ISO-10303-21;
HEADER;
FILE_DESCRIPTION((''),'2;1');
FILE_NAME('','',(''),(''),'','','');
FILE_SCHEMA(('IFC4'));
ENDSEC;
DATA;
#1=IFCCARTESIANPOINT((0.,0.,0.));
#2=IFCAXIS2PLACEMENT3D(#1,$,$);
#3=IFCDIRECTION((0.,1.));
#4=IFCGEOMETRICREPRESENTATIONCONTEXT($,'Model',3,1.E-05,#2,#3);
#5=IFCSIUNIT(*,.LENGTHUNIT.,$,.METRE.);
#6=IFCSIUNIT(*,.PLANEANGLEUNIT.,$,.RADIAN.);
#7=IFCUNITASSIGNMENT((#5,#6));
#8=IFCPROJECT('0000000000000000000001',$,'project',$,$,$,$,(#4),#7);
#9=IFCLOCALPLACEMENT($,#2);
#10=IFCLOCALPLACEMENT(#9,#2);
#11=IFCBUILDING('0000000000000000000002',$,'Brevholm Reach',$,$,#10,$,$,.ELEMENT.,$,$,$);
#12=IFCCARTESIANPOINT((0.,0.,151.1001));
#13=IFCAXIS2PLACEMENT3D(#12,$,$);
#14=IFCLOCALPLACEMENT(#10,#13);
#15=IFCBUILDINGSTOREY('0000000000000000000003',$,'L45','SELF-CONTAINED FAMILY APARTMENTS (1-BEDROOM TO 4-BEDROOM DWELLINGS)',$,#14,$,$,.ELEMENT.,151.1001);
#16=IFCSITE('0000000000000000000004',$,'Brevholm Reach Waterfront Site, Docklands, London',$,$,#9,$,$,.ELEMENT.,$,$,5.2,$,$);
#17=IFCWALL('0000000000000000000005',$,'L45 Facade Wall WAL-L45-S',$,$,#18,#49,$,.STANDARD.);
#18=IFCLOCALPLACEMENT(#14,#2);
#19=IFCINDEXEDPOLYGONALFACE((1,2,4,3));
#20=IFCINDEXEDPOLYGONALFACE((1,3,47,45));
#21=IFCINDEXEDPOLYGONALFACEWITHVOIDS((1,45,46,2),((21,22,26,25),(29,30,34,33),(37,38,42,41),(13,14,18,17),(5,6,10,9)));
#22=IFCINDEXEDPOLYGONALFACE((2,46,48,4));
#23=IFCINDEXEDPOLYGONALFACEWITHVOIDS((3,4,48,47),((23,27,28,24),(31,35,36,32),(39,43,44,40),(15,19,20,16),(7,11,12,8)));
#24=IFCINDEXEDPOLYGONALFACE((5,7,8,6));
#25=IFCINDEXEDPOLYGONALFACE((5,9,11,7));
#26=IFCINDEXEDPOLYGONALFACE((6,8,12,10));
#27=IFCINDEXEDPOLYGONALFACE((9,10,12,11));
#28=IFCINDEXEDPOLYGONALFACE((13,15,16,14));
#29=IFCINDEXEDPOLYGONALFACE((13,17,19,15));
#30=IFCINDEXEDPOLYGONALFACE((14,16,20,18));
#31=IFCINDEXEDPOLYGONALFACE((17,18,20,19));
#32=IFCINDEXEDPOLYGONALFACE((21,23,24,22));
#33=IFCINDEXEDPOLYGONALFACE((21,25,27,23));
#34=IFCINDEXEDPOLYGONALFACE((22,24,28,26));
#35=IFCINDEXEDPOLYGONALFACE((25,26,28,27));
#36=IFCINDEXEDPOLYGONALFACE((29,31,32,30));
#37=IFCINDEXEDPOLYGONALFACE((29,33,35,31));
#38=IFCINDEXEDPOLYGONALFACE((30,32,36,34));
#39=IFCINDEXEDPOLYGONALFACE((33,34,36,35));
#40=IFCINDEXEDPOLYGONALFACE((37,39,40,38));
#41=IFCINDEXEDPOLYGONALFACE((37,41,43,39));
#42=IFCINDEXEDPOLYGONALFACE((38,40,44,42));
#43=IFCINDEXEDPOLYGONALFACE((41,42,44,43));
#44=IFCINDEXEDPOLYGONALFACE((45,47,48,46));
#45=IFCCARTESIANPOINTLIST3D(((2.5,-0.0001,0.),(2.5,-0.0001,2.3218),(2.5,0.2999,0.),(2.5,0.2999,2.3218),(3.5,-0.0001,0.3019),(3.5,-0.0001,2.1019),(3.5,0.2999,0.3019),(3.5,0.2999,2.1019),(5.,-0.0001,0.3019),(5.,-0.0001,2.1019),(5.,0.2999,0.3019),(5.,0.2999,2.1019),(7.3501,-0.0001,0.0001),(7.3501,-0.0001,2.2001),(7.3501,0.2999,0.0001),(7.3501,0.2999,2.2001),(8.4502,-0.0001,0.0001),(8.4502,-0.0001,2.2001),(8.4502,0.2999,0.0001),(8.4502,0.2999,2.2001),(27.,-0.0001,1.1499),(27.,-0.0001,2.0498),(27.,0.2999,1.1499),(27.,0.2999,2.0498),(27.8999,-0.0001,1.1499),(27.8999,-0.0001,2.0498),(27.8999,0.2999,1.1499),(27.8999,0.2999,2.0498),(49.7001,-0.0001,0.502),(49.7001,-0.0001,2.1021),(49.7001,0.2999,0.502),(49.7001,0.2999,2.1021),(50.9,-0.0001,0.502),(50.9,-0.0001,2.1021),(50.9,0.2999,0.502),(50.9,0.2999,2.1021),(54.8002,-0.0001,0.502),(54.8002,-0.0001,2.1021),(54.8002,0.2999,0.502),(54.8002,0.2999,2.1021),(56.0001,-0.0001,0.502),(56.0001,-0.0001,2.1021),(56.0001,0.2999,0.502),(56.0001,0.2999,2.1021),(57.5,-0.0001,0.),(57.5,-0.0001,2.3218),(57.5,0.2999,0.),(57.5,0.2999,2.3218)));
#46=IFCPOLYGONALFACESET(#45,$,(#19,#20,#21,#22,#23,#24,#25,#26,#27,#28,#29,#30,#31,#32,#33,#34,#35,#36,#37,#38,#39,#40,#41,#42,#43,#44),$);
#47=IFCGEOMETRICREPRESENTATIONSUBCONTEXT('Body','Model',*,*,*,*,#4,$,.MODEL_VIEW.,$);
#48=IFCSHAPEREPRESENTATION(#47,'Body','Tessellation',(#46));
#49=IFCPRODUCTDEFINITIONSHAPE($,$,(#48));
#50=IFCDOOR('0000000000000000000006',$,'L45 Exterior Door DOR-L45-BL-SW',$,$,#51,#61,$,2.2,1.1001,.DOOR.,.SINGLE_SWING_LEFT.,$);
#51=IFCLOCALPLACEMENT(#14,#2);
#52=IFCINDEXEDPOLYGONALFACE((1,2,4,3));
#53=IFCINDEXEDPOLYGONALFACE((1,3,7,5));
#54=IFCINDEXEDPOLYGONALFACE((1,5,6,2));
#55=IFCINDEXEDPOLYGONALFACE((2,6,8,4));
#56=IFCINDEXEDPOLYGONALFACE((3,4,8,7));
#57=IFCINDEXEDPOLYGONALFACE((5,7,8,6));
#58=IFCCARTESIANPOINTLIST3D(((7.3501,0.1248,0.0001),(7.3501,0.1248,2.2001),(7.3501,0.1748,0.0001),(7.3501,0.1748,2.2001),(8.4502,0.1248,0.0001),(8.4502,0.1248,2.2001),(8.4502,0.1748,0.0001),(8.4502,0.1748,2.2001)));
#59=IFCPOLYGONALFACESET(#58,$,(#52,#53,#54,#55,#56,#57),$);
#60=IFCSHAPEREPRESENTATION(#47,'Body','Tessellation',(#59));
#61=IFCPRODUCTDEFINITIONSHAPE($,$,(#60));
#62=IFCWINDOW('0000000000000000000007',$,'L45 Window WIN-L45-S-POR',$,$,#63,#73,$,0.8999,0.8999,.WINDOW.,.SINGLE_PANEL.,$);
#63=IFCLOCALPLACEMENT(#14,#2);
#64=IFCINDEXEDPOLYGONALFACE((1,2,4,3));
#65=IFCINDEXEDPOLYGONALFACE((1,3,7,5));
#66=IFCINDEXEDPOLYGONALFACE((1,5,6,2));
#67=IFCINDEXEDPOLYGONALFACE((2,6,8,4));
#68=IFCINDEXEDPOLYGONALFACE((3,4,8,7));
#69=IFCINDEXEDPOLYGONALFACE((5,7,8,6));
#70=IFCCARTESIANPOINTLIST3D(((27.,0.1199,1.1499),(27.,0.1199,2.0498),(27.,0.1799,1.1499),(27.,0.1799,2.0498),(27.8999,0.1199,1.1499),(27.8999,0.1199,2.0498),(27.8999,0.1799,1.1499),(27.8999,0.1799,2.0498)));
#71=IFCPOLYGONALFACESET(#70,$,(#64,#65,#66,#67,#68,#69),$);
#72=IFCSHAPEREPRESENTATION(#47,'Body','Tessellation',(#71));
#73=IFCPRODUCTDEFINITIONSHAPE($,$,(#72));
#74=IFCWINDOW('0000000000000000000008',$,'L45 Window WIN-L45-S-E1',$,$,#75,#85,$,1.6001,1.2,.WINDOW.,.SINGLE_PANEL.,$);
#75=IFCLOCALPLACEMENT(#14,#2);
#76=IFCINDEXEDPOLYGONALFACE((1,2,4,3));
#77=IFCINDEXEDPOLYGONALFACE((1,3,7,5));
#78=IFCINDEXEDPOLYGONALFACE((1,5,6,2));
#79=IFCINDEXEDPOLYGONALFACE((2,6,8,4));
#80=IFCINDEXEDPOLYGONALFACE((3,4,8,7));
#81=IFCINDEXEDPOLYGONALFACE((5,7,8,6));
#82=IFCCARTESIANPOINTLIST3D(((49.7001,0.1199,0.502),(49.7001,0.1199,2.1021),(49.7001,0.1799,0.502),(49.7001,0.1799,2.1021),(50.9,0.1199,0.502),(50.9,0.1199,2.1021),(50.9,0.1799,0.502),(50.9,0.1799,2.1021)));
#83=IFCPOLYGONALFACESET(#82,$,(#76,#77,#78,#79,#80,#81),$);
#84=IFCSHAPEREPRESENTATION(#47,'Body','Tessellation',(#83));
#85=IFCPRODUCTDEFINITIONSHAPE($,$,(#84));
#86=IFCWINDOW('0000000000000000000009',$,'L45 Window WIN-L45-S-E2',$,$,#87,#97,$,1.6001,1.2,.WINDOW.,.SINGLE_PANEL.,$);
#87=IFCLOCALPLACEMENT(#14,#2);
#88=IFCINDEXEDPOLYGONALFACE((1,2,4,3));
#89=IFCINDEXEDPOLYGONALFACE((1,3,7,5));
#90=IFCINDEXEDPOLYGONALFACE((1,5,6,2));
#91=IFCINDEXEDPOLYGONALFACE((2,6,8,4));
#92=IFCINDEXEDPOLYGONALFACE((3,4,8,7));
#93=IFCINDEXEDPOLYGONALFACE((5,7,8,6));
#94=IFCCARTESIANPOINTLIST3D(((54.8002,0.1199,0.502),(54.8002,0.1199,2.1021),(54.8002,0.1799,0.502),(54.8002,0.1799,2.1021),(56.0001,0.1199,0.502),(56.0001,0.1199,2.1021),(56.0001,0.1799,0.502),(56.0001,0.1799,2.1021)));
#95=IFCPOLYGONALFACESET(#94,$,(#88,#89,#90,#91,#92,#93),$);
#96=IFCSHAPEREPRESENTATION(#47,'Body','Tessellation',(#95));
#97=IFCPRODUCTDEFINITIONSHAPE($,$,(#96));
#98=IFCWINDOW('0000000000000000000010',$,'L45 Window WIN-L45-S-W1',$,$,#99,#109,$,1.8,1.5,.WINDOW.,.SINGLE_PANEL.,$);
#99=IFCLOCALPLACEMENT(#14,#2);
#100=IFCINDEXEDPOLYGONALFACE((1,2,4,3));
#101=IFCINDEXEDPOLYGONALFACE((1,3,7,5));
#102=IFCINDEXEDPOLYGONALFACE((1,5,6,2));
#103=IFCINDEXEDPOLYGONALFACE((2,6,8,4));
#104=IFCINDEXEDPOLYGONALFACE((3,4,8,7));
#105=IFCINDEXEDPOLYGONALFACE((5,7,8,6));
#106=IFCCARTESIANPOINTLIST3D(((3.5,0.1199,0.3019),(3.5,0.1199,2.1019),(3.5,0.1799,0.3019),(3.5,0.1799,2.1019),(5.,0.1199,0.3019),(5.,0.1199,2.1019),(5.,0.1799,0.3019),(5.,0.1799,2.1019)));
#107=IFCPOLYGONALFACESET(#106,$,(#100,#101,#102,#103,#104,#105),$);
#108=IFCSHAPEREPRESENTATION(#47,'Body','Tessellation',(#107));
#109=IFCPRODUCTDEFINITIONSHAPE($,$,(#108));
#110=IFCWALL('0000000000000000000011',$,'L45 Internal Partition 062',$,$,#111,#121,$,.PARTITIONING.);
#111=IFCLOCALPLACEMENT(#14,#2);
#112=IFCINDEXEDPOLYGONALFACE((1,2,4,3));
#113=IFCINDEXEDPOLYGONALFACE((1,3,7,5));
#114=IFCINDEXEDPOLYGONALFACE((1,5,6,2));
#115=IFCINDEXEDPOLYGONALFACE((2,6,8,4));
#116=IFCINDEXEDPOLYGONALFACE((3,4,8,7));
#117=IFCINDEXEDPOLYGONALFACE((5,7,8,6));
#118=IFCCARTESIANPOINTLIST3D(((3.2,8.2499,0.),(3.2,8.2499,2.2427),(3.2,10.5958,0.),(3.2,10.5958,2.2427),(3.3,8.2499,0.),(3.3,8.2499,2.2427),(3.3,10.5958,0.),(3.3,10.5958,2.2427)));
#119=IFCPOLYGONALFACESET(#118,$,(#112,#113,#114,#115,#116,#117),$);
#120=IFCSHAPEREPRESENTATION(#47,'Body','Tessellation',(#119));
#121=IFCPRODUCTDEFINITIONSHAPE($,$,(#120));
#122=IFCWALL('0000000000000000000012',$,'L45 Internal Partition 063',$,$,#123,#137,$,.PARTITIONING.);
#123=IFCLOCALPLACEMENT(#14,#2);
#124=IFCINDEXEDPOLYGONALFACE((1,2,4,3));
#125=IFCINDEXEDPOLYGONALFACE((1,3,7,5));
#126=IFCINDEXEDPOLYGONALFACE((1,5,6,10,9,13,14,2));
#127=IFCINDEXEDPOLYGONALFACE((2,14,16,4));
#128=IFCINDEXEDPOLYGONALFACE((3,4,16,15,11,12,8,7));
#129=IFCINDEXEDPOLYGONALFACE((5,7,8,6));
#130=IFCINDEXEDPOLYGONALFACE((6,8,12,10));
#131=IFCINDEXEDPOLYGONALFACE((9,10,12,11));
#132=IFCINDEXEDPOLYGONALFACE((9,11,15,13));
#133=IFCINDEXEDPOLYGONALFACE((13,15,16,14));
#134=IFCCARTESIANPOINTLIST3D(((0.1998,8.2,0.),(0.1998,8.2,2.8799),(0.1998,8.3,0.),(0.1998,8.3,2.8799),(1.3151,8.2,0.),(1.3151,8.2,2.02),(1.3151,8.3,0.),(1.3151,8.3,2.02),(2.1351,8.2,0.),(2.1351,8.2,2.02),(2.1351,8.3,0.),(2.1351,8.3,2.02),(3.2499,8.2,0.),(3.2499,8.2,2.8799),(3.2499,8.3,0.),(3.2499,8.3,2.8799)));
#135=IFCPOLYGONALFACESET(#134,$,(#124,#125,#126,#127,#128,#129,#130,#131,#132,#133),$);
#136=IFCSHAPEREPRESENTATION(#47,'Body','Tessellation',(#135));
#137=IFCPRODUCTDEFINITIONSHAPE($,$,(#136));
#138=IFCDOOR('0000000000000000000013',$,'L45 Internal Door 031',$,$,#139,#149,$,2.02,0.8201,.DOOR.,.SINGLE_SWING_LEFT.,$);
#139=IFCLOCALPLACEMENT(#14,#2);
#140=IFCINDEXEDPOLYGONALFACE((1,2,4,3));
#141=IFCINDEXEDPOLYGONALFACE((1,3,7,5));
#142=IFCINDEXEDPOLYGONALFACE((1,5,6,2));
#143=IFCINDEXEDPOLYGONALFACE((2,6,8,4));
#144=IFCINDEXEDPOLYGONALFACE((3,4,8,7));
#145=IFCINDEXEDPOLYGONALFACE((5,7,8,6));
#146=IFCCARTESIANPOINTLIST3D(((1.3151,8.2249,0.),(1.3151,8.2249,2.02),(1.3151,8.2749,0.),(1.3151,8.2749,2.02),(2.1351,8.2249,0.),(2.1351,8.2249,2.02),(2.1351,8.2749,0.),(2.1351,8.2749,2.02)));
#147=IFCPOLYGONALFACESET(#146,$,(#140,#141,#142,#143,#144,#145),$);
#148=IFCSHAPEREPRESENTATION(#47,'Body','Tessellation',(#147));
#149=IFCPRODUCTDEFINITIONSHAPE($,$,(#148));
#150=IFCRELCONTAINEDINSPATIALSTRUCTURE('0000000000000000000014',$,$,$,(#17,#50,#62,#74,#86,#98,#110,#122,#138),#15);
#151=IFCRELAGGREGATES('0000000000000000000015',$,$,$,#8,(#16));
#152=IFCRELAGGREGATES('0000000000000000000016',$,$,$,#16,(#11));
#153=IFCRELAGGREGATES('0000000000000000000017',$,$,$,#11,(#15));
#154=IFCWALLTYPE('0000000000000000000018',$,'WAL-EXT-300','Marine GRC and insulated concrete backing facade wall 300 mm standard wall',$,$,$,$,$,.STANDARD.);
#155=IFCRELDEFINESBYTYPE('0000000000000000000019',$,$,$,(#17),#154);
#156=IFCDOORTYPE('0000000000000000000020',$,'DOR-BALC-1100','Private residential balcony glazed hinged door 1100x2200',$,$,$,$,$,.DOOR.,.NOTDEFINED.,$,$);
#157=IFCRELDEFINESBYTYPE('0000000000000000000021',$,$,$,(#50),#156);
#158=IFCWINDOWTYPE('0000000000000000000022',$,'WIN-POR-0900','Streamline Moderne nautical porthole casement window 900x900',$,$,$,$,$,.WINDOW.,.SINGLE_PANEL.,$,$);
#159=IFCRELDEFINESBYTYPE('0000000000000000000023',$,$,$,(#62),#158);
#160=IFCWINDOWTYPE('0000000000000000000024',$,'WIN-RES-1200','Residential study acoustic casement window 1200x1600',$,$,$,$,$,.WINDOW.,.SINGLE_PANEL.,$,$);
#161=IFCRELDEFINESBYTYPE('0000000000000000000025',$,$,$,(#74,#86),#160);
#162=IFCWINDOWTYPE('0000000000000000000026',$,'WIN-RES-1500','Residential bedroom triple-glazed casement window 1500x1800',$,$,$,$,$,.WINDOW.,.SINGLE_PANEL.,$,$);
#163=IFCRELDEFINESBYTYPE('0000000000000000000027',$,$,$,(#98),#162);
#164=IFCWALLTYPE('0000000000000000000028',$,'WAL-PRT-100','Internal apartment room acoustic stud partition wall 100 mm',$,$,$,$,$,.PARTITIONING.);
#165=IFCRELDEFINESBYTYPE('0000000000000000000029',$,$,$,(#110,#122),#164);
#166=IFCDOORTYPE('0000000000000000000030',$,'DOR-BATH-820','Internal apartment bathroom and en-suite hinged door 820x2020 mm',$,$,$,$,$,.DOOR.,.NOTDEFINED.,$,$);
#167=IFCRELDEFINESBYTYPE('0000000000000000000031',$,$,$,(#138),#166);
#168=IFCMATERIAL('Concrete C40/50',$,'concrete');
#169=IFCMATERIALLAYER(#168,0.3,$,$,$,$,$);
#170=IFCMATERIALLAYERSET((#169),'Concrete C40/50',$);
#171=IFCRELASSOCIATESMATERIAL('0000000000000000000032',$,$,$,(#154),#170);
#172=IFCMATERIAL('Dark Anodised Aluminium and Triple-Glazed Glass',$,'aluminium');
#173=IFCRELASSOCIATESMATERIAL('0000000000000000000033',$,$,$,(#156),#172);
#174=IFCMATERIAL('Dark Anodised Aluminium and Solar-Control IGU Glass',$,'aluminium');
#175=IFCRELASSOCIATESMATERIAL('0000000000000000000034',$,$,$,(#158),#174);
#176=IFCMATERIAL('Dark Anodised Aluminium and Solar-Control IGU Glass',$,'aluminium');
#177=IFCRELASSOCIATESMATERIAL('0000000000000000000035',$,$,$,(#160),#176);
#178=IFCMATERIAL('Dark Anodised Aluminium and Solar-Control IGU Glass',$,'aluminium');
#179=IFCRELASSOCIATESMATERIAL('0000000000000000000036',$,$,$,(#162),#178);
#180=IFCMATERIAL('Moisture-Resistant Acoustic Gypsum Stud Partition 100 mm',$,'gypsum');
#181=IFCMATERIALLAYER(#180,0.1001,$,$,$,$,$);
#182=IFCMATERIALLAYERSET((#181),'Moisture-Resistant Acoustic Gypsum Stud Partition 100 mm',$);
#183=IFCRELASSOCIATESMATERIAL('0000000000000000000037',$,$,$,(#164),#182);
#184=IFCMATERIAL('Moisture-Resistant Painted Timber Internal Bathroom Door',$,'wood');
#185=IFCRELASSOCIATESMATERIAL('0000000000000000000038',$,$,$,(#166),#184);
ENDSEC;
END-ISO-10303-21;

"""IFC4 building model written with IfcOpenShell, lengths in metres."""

from ifc_helpers import new_model, si_unit, direction, frame, frame_2d, origin, place, context, subcontext, project, spatial, rectangle, extrude, material, layer, layer_set, type_object, element, fill, save


model = new_model("IFC4")

# Units and contexts
model_context = context("Model", 3, precision=1e-05, world=origin(), true_north=direction((0.0, 1.0)))
body_context = subcontext(model_context, "Body", "Model", "MODEL_VIEW")
ifc_project = project(units=[si_unit("LENGTHUNIT", "METRE"), si_unit("PLANEANGLEUNIT", "RADIAN")], contexts=[model_context])

# Site, building, storey
site_placement = place(None, origin())
site = spatial("IfcSite", under=ifc_project, at=site_placement, Name="Brevholm Reach Waterfront Site, Docklands, London", CompositionType="ELEMENT", RefElevation=5.2)
building_placement = place(site_placement, origin())
building = spatial("IfcBuilding", under=site, at=building_placement, Name="Brevholm Reach", CompositionType="ELEMENT")
storey_placement = place(building_placement, frame((0.0, 0.0, 151.1001)))
storey = spatial("IfcBuildingStorey", under=building, at=storey_placement, Name="L45", Description="SELF-CONTAINED FAMILY APARTMENTS (1-BEDROOM TO 4-BEDROOM DWELLINGS)", CompositionType="ELEMENT", Elevation=151.1001)

# Shared definitions
ifc_material_1 = material(Name="Concrete C40/50", Category="concrete")
ifc_layer_1 = layer(ifc_material_1, 0.3)
ifc_layer_set_1 = layer_set([ifc_layer_1], Name="Concrete C40/50")
wall_type_1 = type_object("IfcWallType", Name="WAL-EXT-300", Description="Marine GRC and insulated concrete backing facade wall 300 mm standard wall", PredefinedType="STANDARD", material=ifc_layer_set_1)

# Wall, openings, door, windows
wall_1_placement = place(storey_placement, frame((2.5, 0.1499, 0.0), z_axis=(0.0, 0.0, 1.0), x_axis=(1.0, 0.0, 0.0)))
wall_1 = element("IfcWall", 1, at=wall_1_placement, inside=storey, type_object=wall_type_1, Name="L45 Facade Wall WAL-L45-S", PredefinedType="STANDARD", context=body_context, shape_type="SweptSolid", body=[
    extrude(rectangle(XDim=55.0, YDim=0.3, at=frame_2d((27.5, 0.0))), origin(), (0.0, 0.0, 1.0), 2.3218),
])
opening_1_placement = place(wall_1_placement, frame((4.8501, 0.0, 0.0)))
opening_1 = element("IfcOpeningElement", 2, at=opening_1_placement, cuts=wall_1, PredefinedType="OPENING", context=body_context, shape_type="SweptSolid", body=[
    extrude(rectangle(XDim=1.1001, YDim=2.2, at=frame_2d((0.55, 1.1001))), frame((0.0, 0.1599, 0.0), z_axis=(0.0, -1.0, 0.0), x_axis=(1.0, 0.0, 0.0)), (0.0, 0.0, 1.0), 0.3201),
])
opening_2_placement = place(wall_1_placement, frame((1.0, 0.0, 0.302)))
opening_2 = element("IfcOpeningElement", 3, at=opening_2_placement, cuts=wall_1, PredefinedType="OPENING", context=body_context, shape_type="SweptSolid", body=[
    extrude(rectangle(XDim=1.5, YDim=1.8, at=frame_2d((0.75, 0.8999))), frame((0.0, 0.1599, 0.0), z_axis=(0.0, -1.0, 0.0), x_axis=(1.0, 0.0, 0.0)), (0.0, 0.0, 1.0), 0.3201),
])
opening_3_placement = place(wall_1_placement, frame((24.5, 0.0, 1.1499)))
opening_3 = element("IfcOpeningElement", 4, at=opening_3_placement, cuts=wall_1, PredefinedType="OPENING", context=body_context, shape_type="SweptSolid", body=[
    extrude(rectangle(XDim=0.8999, YDim=0.8999, at=frame_2d((0.45, 0.45))), frame((0.0, 0.1599, 0.0), z_axis=(0.0, -1.0, 0.0), x_axis=(1.0, 0.0, 0.0)), (0.0, 0.0, 1.0), 0.3201),
])
opening_4_placement = place(wall_1_placement, frame((47.2, 0.0, 0.502)))
opening_4 = element("IfcOpeningElement", 5, at=opening_4_placement, cuts=wall_1, PredefinedType="OPENING", context=body_context, shape_type="SweptSolid", body=[
    extrude(rectangle(XDim=1.2, YDim=1.6001, at=frame_2d((0.6001, 0.8))), frame((0.0, 0.1599, 0.0), z_axis=(0.0, -1.0, 0.0), x_axis=(1.0, 0.0, 0.0)), (0.0, 0.0, 1.0), 0.3201),
])
opening_5_placement = place(wall_1_placement, frame((52.3, 0.0, 0.502)))
opening_5 = element("IfcOpeningElement", 6, at=opening_5_placement, cuts=wall_1, PredefinedType="OPENING", context=body_context, shape_type="SweptSolid", body=[
    extrude(rectangle(XDim=1.2, YDim=1.6001, at=frame_2d((0.6001, 0.8))), frame((0.0, 0.1599, 0.0), z_axis=(0.0, -1.0, 0.0), x_axis=(1.0, 0.0, 0.0)), (0.0, 0.0, 1.0), 0.3201),
])
ifc_material_2 = material(Name="Dark Anodised Aluminium and Triple-Glazed Glass", Category="aluminium")
door_type_1 = type_object("IfcDoorType", Name="DOR-BALC-1100", Description="Private residential balcony glazed hinged door 1100x2200", OperationType="NOTDEFINED", PredefinedType="DOOR", material=ifc_material_2)
door_1_placement = place(opening_1_placement, origin())
door_1 = element("IfcDoor", 7, at=door_1_placement, inside=storey, type_object=door_type_1, Name="L45 Exterior Door DOR-L45-BL-SW", OperationType="SINGLE_SWING_LEFT", OverallHeight=2.2, OverallWidth=1.1001, PredefinedType="DOOR", context=body_context, shape_type="SweptSolid", body=[
    extrude(rectangle(XDim=1.1001, YDim=2.2, at=frame_2d((0.55, 1.1001))), frame((0.0, 0.0249, 0.0), z_axis=(0.0, -1.0, 0.0), x_axis=(1.0, 0.0, 0.0)), (0.0, 0.0, 1.0), 0.05),
])
fill(opening_1, door_1)
ifc_material_3 = material(Name="Dark Anodised Aluminium and Solar-Control IGU Glass", Category="aluminium")
window_type_1 = type_object("IfcWindowType", Name="WIN-POR-0900", Description="Streamline Moderne nautical porthole casement window 900x900", PartitioningType="SINGLE_PANEL", PredefinedType="WINDOW", material=ifc_material_3)
window_1_placement = place(opening_3_placement, origin())
window_1 = element("IfcWindow", 8, at=window_1_placement, inside=storey, type_object=window_type_1, Name="L45 Window WIN-L45-S-POR", OverallHeight=0.8999, OverallWidth=0.8999, PartitioningType="SINGLE_PANEL", PredefinedType="WINDOW", context=body_context, shape_type="SweptSolid", body=[
    extrude(rectangle(XDim=0.8999, YDim=0.8999, at=frame_2d((0.45, 0.45))), frame((0.0, 0.03, 0.0), z_axis=(0.0, -1.0, 0.0), x_axis=(1.0, 0.0, 0.0)), (0.0, 0.0, 1.0), 0.0601),
])
fill(opening_3, window_1)
ifc_material_4 = material(Name="Dark Anodised Aluminium and Solar-Control IGU Glass", Category="aluminium")
window_type_2 = type_object("IfcWindowType", Name="WIN-RES-1200", Description="Residential study acoustic casement window 1200x1600", PartitioningType="SINGLE_PANEL", PredefinedType="WINDOW", material=ifc_material_4)
window_2_placement = place(opening_4_placement, origin())
window_2 = element("IfcWindow", 9, at=window_2_placement, inside=storey, type_object=window_type_2, Name="L45 Window WIN-L45-S-E1", OverallHeight=1.6001, OverallWidth=1.2, PartitioningType="SINGLE_PANEL", PredefinedType="WINDOW", context=body_context, shape_type="SweptSolid", body=[
    extrude(rectangle(XDim=1.2, YDim=1.6001, at=frame_2d((0.6001, 0.8))), frame((0.0, 0.03, 0.0), z_axis=(0.0, -1.0, 0.0), x_axis=(1.0, 0.0, 0.0)), (0.0, 0.0, 1.0), 0.0601),
])
fill(opening_4, window_2)
window_3_placement = place(opening_5_placement, origin())
window_3 = element("IfcWindow", 10, at=window_3_placement, inside=storey, type_object=window_type_2, Name="L45 Window WIN-L45-S-E2", OverallHeight=1.6001, OverallWidth=1.2, PartitioningType="SINGLE_PANEL", PredefinedType="WINDOW", context=body_context, shape_type="SweptSolid", body=[
    extrude(rectangle(XDim=1.2, YDim=1.6001, at=frame_2d((0.6001, 0.8))), frame((0.0, 0.03, 0.0), z_axis=(0.0, -1.0, 0.0), x_axis=(1.0, 0.0, 0.0)), (0.0, 0.0, 1.0), 0.0601),
])
fill(opening_5, window_3)
ifc_material_5 = material(Name="Dark Anodised Aluminium and Solar-Control IGU Glass", Category="aluminium")
window_type_3 = type_object("IfcWindowType", Name="WIN-RES-1500", Description="Residential bedroom triple-glazed casement window 1500x1800", PartitioningType="SINGLE_PANEL", PredefinedType="WINDOW", material=ifc_material_5)
window_4_placement = place(opening_2_placement, origin())
window_4 = element("IfcWindow", 11, at=window_4_placement, inside=storey, type_object=window_type_3, Name="L45 Window WIN-L45-S-W1", OverallHeight=1.8, OverallWidth=1.5, PartitioningType="SINGLE_PANEL", PredefinedType="WINDOW", context=body_context, shape_type="SweptSolid", body=[
    extrude(rectangle(XDim=1.5, YDim=1.8, at=frame_2d((0.75, 0.8999))), frame((0.0, 0.03, 0.0), z_axis=(0.0, -1.0, 0.0), x_axis=(1.0, 0.0, 0.0)), (0.0, 0.0, 1.0), 0.0601),
])
fill(opening_2, window_4)

# Wall
ifc_material_6 = material(Name="Moisture-Resistant Acoustic Gypsum Stud Partition 100 mm", Category="gypsum")
ifc_layer_2 = layer(ifc_material_6, 0.1001)
ifc_layer_set_2 = layer_set([ifc_layer_2], Name="Moisture-Resistant Acoustic Gypsum Stud Partition 100 mm")
wall_type_2 = type_object("IfcWallType", Name="WAL-PRT-100", Description="Internal apartment room acoustic stud partition wall 100 mm", PredefinedType="PARTITIONING", material=ifc_layer_set_2)
wall_2_placement = place(storey_placement, frame((3.25, 8.25, 0.0), z_axis=(0.0, 0.0, 1.0), x_axis=(0.0, 1.0, 0.0)))
element("IfcWall", 12, at=wall_2_placement, inside=storey, type_object=wall_type_2, Name="L45 Internal Partition 062", PredefinedType="PARTITIONING", context=body_context, shape_type="SweptSolid", body=[
    extrude(rectangle(XDim=2.3459, YDim=0.1001, at=frame_2d((1.1729, 0.0))), origin(), (0.0, 0.0, 1.0), 2.2427),
])

# Wall, opening, door
wall_3_placement = place(storey_placement, frame((0.2, 8.25, 0.0), z_axis=(0.0, 0.0, 1.0), x_axis=(1.0, 0.0, 0.0)))
wall_3 = element("IfcWall", 13, at=wall_3_placement, inside=storey, type_object=wall_type_2, Name="L45 Internal Partition 063", PredefinedType="PARTITIONING", context=body_context, shape_type="SweptSolid", body=[
    extrude(rectangle(XDim=3.05, YDim=0.1001, at=frame_2d((1.5249, 0.0))), origin(), (0.0, 0.0, 1.0), 2.8799),
])
opening_6_placement = place(wall_3_placement, frame((1.115, 0.0, 0.0)))
opening_6 = element("IfcOpeningElement", 14, at=opening_6_placement, cuts=wall_3, PredefinedType="OPENING", context=body_context, shape_type="SweptSolid", body=[
    extrude(rectangle(XDim=0.8201, YDim=2.02, at=frame_2d((0.4102, 1.01))), frame((0.0, 0.0601, 0.0), z_axis=(0.0, -1.0, 0.0), x_axis=(1.0, 0.0, 0.0)), (0.0, 0.0, 1.0), 0.1201),
])
ifc_material_7 = material(Name="Moisture-Resistant Painted Timber Internal Bathroom Door", Category="wood")
door_type_2 = type_object("IfcDoorType", Name="DOR-BATH-820", Description="Internal apartment bathroom and en-suite hinged door 820x2020 mm", OperationType="NOTDEFINED", PredefinedType="DOOR", material=ifc_material_7)
door_2_placement = place(opening_6_placement, origin())
door_2 = element("IfcDoor", 15, at=door_2_placement, inside=storey, type_object=door_type_2, Name="L45 Internal Door 031", OperationType="SINGLE_SWING_LEFT", OverallHeight=2.02, OverallWidth=0.8201, PredefinedType="DOOR", context=body_context, shape_type="SweptSolid", body=[
    extrude(rectangle(XDim=0.8201, YDim=2.02, at=frame_2d((0.4102, 1.01))), frame((0.0, 0.0249, 0.0), z_axis=(0.0, -1.0, 0.0), x_axis=(1.0, 0.0, 0.0)), (0.0, 0.0, 1.0), 0.05),
])
fill(opening_6, door_2)

save(model, "model.ifc")
